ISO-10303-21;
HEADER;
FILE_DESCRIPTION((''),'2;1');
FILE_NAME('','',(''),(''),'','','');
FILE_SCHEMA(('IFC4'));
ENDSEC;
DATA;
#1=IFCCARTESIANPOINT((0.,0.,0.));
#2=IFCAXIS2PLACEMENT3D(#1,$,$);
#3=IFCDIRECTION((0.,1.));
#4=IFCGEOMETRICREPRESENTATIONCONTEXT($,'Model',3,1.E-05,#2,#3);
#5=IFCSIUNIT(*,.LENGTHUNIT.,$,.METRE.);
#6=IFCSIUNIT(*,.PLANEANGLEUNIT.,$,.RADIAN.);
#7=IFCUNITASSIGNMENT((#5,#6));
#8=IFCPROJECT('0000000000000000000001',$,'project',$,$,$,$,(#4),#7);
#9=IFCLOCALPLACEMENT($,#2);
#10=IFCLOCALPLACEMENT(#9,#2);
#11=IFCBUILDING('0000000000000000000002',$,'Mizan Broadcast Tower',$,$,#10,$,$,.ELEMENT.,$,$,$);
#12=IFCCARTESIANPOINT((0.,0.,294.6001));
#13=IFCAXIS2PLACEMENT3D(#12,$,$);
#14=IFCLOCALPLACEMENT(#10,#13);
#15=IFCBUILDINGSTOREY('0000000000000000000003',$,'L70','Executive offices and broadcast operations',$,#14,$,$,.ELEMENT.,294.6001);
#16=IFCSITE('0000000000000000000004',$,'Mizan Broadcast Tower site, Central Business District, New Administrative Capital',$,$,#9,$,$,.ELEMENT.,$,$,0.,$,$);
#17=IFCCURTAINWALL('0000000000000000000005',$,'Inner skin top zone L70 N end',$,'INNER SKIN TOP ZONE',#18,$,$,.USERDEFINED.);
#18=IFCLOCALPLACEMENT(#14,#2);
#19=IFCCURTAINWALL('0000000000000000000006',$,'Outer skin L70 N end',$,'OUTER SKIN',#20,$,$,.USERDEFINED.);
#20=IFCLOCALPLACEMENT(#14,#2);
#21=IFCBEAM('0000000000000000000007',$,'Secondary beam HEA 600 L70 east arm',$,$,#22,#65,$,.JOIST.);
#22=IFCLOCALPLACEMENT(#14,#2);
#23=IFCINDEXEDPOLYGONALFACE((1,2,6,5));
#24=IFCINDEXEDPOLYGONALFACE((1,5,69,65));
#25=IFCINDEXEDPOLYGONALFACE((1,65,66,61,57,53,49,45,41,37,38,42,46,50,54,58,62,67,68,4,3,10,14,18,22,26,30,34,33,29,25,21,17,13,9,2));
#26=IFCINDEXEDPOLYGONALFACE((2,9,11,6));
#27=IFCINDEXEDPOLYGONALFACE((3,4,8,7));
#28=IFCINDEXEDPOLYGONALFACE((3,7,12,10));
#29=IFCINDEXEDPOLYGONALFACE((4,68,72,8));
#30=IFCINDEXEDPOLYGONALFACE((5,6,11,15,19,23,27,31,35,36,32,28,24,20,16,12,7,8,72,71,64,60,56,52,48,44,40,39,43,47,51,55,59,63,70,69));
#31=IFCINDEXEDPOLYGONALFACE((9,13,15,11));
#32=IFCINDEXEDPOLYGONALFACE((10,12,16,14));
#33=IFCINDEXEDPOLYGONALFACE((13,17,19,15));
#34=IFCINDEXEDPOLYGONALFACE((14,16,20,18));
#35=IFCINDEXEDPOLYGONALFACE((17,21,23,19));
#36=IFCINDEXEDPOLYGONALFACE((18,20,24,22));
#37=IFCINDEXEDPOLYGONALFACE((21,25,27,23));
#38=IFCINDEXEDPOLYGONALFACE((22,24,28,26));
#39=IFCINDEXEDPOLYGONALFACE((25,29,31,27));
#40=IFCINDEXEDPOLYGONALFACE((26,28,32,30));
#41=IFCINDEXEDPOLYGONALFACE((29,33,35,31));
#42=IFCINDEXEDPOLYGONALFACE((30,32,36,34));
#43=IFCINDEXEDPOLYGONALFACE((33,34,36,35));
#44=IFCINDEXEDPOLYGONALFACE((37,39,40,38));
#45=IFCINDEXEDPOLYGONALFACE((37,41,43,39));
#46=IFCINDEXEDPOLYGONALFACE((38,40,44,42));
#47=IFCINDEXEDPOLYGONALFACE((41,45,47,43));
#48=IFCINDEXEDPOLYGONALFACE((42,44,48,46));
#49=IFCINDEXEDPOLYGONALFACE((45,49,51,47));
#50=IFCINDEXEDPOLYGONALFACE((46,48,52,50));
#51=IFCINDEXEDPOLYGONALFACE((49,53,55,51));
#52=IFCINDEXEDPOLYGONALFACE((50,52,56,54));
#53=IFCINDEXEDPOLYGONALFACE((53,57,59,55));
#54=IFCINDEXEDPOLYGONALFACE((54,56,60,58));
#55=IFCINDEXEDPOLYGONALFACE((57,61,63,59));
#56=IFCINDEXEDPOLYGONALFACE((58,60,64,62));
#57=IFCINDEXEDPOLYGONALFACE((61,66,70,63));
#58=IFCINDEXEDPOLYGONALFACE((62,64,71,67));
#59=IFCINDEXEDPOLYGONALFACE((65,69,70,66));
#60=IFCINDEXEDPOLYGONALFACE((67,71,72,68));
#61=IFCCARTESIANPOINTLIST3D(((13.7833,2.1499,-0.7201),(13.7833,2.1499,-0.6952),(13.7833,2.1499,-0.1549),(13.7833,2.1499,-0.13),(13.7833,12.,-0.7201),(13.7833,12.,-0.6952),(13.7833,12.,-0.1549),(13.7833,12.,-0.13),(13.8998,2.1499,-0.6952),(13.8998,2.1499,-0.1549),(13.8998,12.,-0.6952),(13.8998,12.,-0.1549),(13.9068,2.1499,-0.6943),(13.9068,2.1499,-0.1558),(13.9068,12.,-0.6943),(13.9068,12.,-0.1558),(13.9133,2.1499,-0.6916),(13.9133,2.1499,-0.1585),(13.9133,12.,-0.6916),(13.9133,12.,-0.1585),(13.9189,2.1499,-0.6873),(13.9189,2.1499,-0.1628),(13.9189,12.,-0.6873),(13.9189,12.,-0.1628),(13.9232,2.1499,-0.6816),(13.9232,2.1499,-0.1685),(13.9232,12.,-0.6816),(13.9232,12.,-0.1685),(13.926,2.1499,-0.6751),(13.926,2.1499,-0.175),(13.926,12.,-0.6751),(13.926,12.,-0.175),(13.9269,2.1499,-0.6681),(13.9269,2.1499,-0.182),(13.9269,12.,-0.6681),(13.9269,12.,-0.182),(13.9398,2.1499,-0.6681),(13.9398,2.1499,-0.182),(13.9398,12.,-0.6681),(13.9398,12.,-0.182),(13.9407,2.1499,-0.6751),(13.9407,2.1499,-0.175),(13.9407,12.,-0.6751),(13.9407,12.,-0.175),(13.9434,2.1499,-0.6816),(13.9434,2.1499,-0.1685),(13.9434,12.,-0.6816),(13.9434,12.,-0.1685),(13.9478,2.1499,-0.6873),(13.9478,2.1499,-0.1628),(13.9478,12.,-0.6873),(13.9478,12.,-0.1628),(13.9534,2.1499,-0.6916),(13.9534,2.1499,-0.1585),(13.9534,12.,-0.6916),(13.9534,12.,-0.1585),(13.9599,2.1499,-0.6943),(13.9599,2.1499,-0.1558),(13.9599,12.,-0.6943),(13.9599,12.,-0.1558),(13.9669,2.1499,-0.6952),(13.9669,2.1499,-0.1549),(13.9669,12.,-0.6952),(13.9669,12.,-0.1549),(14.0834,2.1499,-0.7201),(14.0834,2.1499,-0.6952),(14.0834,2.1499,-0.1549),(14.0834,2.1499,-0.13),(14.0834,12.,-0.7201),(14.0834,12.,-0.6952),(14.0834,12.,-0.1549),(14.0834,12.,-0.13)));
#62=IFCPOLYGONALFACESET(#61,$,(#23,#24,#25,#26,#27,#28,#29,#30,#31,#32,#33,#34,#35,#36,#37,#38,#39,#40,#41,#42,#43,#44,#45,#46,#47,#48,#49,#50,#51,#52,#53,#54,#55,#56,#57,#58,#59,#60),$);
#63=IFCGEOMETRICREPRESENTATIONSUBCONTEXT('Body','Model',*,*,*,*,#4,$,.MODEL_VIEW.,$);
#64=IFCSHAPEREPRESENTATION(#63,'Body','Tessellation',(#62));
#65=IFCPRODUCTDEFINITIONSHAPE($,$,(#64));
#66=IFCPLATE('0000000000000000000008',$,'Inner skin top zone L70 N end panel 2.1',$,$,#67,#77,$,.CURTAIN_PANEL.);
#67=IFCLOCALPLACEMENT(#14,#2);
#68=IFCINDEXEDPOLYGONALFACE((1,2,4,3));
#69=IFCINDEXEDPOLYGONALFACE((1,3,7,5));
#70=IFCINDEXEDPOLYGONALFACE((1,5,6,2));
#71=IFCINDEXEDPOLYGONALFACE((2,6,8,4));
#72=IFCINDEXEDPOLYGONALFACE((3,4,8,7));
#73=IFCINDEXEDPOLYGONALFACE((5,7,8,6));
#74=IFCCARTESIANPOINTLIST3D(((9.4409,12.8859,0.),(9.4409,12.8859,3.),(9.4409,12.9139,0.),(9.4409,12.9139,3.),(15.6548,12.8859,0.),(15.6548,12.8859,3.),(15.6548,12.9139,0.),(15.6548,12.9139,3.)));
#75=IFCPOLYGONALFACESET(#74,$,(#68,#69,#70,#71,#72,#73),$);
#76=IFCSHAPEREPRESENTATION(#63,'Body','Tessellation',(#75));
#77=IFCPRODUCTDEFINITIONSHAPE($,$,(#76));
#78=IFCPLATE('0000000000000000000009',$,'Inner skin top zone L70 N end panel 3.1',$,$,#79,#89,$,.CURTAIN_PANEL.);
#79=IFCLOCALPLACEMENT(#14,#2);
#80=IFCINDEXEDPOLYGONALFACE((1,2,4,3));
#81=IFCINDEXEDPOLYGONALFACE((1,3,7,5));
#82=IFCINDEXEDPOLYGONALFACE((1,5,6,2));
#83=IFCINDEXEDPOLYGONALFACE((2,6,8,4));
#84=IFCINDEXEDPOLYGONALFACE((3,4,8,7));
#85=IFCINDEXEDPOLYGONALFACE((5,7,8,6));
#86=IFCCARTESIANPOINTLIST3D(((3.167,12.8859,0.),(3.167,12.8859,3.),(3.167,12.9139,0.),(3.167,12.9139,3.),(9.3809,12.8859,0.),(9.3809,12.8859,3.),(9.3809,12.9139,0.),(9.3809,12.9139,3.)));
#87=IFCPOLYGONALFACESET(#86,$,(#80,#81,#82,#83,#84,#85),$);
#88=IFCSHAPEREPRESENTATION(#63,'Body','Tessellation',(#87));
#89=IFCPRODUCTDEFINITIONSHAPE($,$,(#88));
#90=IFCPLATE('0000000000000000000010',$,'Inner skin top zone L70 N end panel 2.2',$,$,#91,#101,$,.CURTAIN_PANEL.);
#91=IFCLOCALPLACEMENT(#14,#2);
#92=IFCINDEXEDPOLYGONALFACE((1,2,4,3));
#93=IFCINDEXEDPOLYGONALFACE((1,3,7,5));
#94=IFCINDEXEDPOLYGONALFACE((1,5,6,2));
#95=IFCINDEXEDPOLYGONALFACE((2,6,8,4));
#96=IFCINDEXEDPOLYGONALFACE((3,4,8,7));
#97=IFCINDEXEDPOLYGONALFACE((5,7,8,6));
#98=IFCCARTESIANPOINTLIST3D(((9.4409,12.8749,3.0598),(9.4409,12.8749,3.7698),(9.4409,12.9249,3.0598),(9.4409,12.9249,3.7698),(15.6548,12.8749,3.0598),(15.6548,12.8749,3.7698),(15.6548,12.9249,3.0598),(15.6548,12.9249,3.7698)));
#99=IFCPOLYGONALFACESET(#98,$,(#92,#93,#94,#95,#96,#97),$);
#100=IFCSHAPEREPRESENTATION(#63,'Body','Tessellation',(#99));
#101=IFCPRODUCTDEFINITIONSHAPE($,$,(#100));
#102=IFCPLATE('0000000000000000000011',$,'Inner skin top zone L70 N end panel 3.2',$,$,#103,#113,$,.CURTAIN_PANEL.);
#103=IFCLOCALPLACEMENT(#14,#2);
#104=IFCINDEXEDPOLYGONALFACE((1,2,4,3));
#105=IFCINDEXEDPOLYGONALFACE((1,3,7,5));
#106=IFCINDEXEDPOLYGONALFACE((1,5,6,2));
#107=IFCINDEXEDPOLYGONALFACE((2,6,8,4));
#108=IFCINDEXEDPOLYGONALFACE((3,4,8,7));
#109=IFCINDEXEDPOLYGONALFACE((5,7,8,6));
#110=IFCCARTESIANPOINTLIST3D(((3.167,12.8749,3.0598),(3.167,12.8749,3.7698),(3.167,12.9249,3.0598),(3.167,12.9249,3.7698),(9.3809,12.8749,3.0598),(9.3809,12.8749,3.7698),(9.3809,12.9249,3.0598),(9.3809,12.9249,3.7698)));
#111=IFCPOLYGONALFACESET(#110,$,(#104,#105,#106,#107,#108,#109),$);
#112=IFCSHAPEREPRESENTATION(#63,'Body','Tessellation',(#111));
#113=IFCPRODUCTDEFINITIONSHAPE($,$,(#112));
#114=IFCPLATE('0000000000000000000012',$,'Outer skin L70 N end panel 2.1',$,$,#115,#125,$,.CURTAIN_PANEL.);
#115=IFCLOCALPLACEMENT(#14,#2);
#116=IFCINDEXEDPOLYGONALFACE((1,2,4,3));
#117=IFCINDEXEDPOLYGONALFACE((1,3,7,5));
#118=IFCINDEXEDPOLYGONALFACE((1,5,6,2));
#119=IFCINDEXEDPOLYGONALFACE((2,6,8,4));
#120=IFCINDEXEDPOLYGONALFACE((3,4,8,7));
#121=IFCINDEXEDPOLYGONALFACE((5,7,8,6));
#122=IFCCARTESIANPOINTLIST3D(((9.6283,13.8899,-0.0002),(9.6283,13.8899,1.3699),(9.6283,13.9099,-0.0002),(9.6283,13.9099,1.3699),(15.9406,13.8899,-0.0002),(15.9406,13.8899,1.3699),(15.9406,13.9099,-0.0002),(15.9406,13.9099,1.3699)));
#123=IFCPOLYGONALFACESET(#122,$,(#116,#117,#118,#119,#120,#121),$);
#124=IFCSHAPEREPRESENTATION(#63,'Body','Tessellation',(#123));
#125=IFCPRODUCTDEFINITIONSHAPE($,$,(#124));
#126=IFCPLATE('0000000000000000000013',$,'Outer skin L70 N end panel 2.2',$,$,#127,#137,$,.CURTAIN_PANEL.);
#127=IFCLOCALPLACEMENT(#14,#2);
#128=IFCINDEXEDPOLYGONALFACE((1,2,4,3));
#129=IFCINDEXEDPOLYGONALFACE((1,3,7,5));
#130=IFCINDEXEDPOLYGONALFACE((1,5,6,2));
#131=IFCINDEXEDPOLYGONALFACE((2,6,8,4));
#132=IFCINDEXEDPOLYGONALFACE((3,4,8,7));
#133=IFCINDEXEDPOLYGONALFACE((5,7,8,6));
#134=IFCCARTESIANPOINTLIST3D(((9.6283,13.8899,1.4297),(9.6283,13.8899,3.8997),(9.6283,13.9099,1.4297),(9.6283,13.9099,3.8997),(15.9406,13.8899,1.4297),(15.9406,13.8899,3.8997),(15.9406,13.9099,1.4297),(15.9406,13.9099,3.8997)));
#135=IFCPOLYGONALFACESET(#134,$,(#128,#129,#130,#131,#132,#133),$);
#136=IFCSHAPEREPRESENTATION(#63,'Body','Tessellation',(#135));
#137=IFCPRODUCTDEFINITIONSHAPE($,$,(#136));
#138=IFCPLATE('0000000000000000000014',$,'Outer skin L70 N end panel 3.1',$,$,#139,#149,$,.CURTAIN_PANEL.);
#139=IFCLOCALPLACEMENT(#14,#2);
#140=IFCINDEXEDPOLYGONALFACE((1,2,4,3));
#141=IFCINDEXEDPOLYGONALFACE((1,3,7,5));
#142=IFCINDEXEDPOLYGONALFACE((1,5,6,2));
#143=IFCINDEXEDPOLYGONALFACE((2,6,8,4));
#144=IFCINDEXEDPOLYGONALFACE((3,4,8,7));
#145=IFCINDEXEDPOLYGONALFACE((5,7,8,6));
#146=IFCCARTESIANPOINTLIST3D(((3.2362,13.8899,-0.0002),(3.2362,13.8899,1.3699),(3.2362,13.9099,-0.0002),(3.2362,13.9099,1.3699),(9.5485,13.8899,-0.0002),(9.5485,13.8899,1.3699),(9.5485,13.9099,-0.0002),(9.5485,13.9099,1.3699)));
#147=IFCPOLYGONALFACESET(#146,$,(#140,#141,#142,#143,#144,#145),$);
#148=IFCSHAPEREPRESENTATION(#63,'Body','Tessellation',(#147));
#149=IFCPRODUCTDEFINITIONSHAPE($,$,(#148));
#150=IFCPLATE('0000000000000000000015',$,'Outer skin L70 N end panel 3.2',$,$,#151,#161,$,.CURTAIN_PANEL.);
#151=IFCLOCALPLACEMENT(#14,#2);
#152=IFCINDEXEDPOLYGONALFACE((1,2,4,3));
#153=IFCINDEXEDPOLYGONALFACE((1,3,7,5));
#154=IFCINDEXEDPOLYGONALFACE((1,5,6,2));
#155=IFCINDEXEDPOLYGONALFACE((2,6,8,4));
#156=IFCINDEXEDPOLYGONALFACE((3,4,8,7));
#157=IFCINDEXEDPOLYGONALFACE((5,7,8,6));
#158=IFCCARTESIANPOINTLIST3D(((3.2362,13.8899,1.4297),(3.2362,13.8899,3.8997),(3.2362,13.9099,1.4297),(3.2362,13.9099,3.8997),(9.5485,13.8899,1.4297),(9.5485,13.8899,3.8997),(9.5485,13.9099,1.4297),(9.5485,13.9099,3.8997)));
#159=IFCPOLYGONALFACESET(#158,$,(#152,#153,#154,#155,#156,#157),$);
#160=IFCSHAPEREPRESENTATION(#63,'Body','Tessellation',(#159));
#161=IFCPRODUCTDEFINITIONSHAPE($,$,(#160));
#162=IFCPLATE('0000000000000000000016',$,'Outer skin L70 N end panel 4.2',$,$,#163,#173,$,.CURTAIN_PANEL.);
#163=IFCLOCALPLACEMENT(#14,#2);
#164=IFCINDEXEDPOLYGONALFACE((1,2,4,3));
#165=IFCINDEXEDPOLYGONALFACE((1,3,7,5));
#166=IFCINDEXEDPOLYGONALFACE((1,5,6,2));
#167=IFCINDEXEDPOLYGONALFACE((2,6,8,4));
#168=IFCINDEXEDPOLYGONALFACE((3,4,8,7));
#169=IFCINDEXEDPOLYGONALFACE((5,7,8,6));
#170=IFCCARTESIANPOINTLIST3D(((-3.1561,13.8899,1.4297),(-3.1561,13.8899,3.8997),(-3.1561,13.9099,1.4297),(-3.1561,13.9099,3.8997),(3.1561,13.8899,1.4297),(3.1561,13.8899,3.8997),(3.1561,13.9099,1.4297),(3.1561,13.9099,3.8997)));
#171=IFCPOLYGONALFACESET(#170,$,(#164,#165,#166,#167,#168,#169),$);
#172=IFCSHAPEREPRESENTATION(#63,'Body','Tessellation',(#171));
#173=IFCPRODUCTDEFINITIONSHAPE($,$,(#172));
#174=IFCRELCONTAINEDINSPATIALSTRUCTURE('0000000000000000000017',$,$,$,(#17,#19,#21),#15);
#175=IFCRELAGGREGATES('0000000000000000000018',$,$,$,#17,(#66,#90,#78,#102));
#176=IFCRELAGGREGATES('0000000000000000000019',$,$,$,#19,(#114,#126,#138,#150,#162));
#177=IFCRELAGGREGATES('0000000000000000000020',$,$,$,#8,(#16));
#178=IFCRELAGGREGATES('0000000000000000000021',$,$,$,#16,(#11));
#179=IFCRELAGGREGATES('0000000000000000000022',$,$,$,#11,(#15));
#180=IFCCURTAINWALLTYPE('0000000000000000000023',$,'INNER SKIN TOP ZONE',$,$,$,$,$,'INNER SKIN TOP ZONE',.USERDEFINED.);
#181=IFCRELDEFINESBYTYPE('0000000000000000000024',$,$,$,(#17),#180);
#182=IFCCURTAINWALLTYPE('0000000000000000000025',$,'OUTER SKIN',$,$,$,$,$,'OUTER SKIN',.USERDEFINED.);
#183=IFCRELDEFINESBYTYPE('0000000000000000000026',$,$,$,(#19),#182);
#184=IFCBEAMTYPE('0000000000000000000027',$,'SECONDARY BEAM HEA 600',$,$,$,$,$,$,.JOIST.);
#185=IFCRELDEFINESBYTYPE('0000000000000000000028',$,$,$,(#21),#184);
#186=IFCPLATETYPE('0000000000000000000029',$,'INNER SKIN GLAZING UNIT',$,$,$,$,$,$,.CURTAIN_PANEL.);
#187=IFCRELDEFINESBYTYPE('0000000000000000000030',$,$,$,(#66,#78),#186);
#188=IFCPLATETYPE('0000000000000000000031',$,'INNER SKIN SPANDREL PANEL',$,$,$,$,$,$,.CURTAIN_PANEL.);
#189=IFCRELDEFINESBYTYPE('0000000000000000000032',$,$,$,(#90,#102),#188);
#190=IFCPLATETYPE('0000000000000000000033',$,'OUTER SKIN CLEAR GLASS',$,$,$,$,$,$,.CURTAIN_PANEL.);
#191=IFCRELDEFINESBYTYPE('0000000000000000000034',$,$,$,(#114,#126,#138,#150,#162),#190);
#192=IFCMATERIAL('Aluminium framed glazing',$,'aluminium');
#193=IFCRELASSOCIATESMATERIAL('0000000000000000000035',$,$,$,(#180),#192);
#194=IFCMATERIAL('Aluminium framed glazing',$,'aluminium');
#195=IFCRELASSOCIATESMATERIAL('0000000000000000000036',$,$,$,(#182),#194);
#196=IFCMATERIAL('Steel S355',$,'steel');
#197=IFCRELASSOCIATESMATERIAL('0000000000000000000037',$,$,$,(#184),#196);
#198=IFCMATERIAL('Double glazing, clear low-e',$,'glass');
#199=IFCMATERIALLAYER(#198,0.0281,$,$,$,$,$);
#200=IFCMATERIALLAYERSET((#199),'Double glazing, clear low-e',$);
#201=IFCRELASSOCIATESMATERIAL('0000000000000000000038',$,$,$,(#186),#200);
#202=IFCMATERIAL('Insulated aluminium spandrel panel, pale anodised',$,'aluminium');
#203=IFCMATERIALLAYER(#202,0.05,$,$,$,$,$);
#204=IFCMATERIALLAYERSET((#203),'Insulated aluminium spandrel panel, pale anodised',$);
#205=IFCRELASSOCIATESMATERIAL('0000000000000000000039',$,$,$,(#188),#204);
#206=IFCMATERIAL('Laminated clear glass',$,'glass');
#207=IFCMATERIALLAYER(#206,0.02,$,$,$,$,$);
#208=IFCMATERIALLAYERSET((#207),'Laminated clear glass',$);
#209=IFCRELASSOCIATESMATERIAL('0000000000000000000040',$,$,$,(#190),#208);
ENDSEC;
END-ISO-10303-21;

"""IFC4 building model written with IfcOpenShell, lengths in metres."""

from ifc_helpers import new_model, si_unit, direction, frame, origin, origin_2d, place, context, subcontext, project, spatial, rectangle, i_section, extrude, material, layer, layer_set, material_profile, profile_set, type_object, element, aggregate, save


model = new_model("IFC4")

# Units and contexts
model_context = context("Model", 3, precision=1e-05, world=origin(), true_north=direction((0.0, 1.0)))
body_context = subcontext(model_context, "Body", "Model", "MODEL_VIEW")
ifc_project = project(units=[si_unit("LENGTHUNIT", "METRE"), si_unit("PLANEANGLEUNIT", "RADIAN")], contexts=[model_context])

# Site, building, storey
site_placement = place(None, origin())
site = spatial("IfcSite", under=ifc_project, at=site_placement, Name="Mizan Broadcast Tower site, Central Business District, New Administrative Capital", CompositionType="ELEMENT", RefElevation=0.0)
building_placement = place(site_placement, origin())
building = spatial("IfcBuilding", under=site, at=building_placement, Name="Mizan Broadcast Tower", CompositionType="ELEMENT")
storey_placement = place(building_placement, frame((0.0, 0.0, 294.6001)))
storey = spatial("IfcBuildingStorey", under=building, at=storey_placement, Name="L70", Description="Executive offices and broadcast operations", CompositionType="ELEMENT", Elevation=294.6001)

# Curtain walls
ifc_material_1 = material(Name="Aluminium framed glazing", Category="aluminium")
curtain_wall_type_1 = type_object("IfcCurtainWallType", Name="INNER SKIN TOP ZONE", ElementType="INNER SKIN TOP ZONE", PredefinedType="USERDEFINED", material=ifc_material_1)
curtain_wall_1_placement = place(storey_placement, origin())
curtain_wall_1 = element("IfcCurtainWall", 1, at=curtain_wall_1_placement, inside=storey, type_object=curtain_wall_type_1, Name="Inner skin top zone L70 N end", ObjectType="INNER SKIN TOP ZONE", PredefinedType="USERDEFINED")
ifc_material_2 = material(Name="Aluminium framed glazing", Category="aluminium")
curtain_wall_type_2 = type_object("IfcCurtainWallType", Name="OUTER SKIN", ElementType="OUTER SKIN", PredefinedType="USERDEFINED", material=ifc_material_2)
curtain_wall_2_placement = place(storey_placement, origin())
curtain_wall_2 = element("IfcCurtainWall", 2, at=curtain_wall_2_placement, inside=storey, type_object=curtain_wall_type_2, Name="Outer skin L70 N end", ObjectType="OUTER SKIN", PredefinedType="USERDEFINED")

# Beam
ifc_material_3 = material(Name="Steel S355", Category="steel")
ifc_material_profile_1 = material_profile(ifc_material_3, i_section(OverallWidth=0.3, OverallDepth=0.5901, WebThickness=0.0129, FlangeThickness=0.0249, FilletRadius=0.0271, at=origin_2d()), Name="HEA 600")
ifc_profile_set_1 = profile_set([ifc_material_profile_1], Name="Steel S355")
beam_type_1 = type_object("IfcBeamType", Name="SECONDARY BEAM HEA 600", PredefinedType="JOIST", material=ifc_profile_set_1)
beam_1_placement = place(storey_placement, frame((13.9333, 12.0, -0.425), z_axis=(0.0, -1.0, 0.0), x_axis=(1.0, 0.0, 0.0)))
element("IfcBeam", 3, at=beam_1_placement, inside=storey, type_object=beam_type_1, Name="Secondary beam HEA 600 L70 east arm", PredefinedType="JOIST", context=body_context, shape_type="SweptSolid", body=[
    extrude(i_section(OverallWidth=0.3, OverallDepth=0.5901, WebThickness=0.0129, FlangeThickness=0.0249, FilletRadius=0.0271, at=origin_2d()), origin(), (0.0, 0.0, 1.0), 9.8501),
])

# Plates
ifc_material_4 = material(Name="Double glazing, clear low-e", Category="glass")
ifc_layer_1 = layer(ifc_material_4, 0.0281)
ifc_layer_set_1 = layer_set([ifc_layer_1], Name="Double glazing, clear low-e")
plate_type_1 = type_object("IfcPlateType", Name="INNER SKIN GLAZING UNIT", PredefinedType="CURTAIN_PANEL", material=ifc_layer_set_1)
plate_1_placement = place(storey_placement, frame((12.5479, 12.8999, 0.0), z_axis=(0.0, 0.0, 1.0), x_axis=(-1.0, 0.0, 0.0)))
plate_1 = element("IfcPlate", 4, at=plate_1_placement, type_object=plate_type_1, Name="Inner skin top zone L70 N end panel 2.1", PredefinedType="CURTAIN_PANEL", context=body_context, shape_type="SweptSolid", body=[
    extrude(rectangle(XDim=6.2139, YDim=0.0281, at=origin_2d()), origin(), (0.0, 0.0, 1.0), 3.0),
])
plate_2_placement = place(storey_placement, frame((6.2739, 12.8999, 0.0), z_axis=(0.0, 0.0, 1.0), x_axis=(-1.0, 0.0, 0.0)))
plate_2 = element("IfcPlate", 5, at=plate_2_placement, type_object=plate_type_1, Name="Inner skin top zone L70 N end panel 3.1", PredefinedType="CURTAIN_PANEL", context=body_context, shape_type="SweptSolid", body=[
    extrude(rectangle(XDim=6.2139, YDim=0.0281, at=origin_2d()), origin(), (0.0, 0.0, 1.0), 3.0),
])
ifc_material_5 = material(Name="Insulated aluminium spandrel panel, pale anodised", Category="aluminium")
ifc_layer_2 = layer(ifc_material_5, 0.05)
ifc_layer_set_2 = layer_set([ifc_layer_2], Name="Insulated aluminium spandrel panel, pale anodised")
plate_type_2 = type_object("IfcPlateType", Name="INNER SKIN SPANDREL PANEL", PredefinedType="CURTAIN_PANEL", material=ifc_layer_set_2)
plate_3_placement = place(storey_placement, frame((12.5479, 12.8999, 3.0598), z_axis=(0.0, 0.0, 1.0), x_axis=(-1.0, 0.0, 0.0)))
plate_3 = element("IfcPlate", 6, at=plate_3_placement, type_object=plate_type_2, Name="Inner skin top zone L70 N end panel 2.2", PredefinedType="CURTAIN_PANEL", context=body_context, shape_type="SweptSolid", body=[
    extrude(rectangle(XDim=6.2139, YDim=0.05, at=origin_2d()), origin(), (0.0, 0.0, 1.0), 0.71),
])
plate_4_placement = place(storey_placement, frame((6.2739, 12.8999, 3.0598), z_axis=(0.0, 0.0, 1.0), x_axis=(-1.0, 0.0, 0.0)))
plate_4 = element("IfcPlate", 7, at=plate_4_placement, type_object=plate_type_2, Name="Inner skin top zone L70 N end panel 3.2", PredefinedType="CURTAIN_PANEL", context=body_context, shape_type="SweptSolid", body=[
    extrude(rectangle(XDim=6.2139, YDim=0.05, at=origin_2d()), origin(), (0.0, 0.0, 1.0), 0.71),
])
aggregate(curtain_wall_1, [plate_1, plate_3, plate_2, plate_4])
ifc_material_6 = material(Name="Laminated clear glass", Category="glass")
ifc_layer_3 = layer(ifc_material_6, 0.02)
ifc_layer_set_3 = layer_set([ifc_layer_3], Name="Laminated clear glass")
plate_type_3 = type_object("IfcPlateType", Name="OUTER SKIN CLEAR GLASS", PredefinedType="CURTAIN_PANEL", material=ifc_layer_set_3)
plate_5_placement = place(storey_placement, frame((12.7844, 13.8999, -0.0002), z_axis=(0.0, 0.0, 1.0), x_axis=(-1.0, 0.0, 0.0)))
plate_5 = element("IfcPlate", 8, at=plate_5_placement, type_object=plate_type_3, Name="Outer skin L70 N end panel 2.1", PredefinedType="CURTAIN_PANEL", context=body_context, shape_type="SweptSolid", body=[
    extrude(rectangle(XDim=6.3123, YDim=0.02, at=origin_2d()), origin(), (0.0, 0.0, 1.0), 1.3701),
])
plate_6_placement = place(storey_placement, frame((12.7844, 13.8999, 1.4297), z_axis=(0.0, 0.0, 1.0), x_axis=(-1.0, 0.0, 0.0)))
plate_6 = element("IfcPlate", 9, at=plate_6_placement, type_object=plate_type_3, Name="Outer skin L70 N end panel 2.2", PredefinedType="CURTAIN_PANEL", context=body_context, shape_type="SweptSolid", body=[
    extrude(rectangle(XDim=6.3123, YDim=0.02, at=origin_2d()), origin(), (0.0, 0.0, 1.0), 2.47),
])
plate_7_placement = place(storey_placement, frame((6.3923, 13.8999, -0.0002), z_axis=(0.0, 0.0, 1.0), x_axis=(-1.0, 0.0, 0.0)))
plate_7 = element("IfcPlate", 10, at=plate_7_placement, type_object=plate_type_3, Name="Outer skin L70 N end panel 3.1", PredefinedType="CURTAIN_PANEL", context=body_context, shape_type="SweptSolid", body=[
    extrude(rectangle(XDim=6.3123, YDim=0.02, at=origin_2d()), origin(), (0.0, 0.0, 1.0), 1.3701),
])
plate_8_placement = place(storey_placement, frame((6.3923, 13.8999, 1.4297), z_axis=(0.0, 0.0, 1.0), x_axis=(-1.0, 0.0, 0.0)))
plate_8 = element("IfcPlate", 11, at=plate_8_placement, type_object=plate_type_3, Name="Outer skin L70 N end panel 3.2", PredefinedType="CURTAIN_PANEL", context=body_context, shape_type="SweptSolid", body=[
    extrude(rectangle(XDim=6.3123, YDim=0.02, at=origin_2d()), origin(), (0.0, 0.0, 1.0), 2.47),
])
plate_9_placement = place(storey_placement, frame((0.0, 13.8999, 1.4297), z_axis=(0.0, 0.0, 1.0), x_axis=(-1.0, 0.0, 0.0)))
plate_9 = element("IfcPlate", 12, at=plate_9_placement, type_object=plate_type_3, Name="Outer skin L70 N end panel 4.2", PredefinedType="CURTAIN_PANEL", context=body_context, shape_type="SweptSolid", body=[
    extrude(rectangle(XDim=6.3123, YDim=0.02, at=origin_2d()), origin(), (0.0, 0.0, 1.0), 2.47),
])
aggregate(curtain_wall_2, [plate_5, plate_6, plate_7, plate_8, plate_9])

save(model, "model.ifc")
